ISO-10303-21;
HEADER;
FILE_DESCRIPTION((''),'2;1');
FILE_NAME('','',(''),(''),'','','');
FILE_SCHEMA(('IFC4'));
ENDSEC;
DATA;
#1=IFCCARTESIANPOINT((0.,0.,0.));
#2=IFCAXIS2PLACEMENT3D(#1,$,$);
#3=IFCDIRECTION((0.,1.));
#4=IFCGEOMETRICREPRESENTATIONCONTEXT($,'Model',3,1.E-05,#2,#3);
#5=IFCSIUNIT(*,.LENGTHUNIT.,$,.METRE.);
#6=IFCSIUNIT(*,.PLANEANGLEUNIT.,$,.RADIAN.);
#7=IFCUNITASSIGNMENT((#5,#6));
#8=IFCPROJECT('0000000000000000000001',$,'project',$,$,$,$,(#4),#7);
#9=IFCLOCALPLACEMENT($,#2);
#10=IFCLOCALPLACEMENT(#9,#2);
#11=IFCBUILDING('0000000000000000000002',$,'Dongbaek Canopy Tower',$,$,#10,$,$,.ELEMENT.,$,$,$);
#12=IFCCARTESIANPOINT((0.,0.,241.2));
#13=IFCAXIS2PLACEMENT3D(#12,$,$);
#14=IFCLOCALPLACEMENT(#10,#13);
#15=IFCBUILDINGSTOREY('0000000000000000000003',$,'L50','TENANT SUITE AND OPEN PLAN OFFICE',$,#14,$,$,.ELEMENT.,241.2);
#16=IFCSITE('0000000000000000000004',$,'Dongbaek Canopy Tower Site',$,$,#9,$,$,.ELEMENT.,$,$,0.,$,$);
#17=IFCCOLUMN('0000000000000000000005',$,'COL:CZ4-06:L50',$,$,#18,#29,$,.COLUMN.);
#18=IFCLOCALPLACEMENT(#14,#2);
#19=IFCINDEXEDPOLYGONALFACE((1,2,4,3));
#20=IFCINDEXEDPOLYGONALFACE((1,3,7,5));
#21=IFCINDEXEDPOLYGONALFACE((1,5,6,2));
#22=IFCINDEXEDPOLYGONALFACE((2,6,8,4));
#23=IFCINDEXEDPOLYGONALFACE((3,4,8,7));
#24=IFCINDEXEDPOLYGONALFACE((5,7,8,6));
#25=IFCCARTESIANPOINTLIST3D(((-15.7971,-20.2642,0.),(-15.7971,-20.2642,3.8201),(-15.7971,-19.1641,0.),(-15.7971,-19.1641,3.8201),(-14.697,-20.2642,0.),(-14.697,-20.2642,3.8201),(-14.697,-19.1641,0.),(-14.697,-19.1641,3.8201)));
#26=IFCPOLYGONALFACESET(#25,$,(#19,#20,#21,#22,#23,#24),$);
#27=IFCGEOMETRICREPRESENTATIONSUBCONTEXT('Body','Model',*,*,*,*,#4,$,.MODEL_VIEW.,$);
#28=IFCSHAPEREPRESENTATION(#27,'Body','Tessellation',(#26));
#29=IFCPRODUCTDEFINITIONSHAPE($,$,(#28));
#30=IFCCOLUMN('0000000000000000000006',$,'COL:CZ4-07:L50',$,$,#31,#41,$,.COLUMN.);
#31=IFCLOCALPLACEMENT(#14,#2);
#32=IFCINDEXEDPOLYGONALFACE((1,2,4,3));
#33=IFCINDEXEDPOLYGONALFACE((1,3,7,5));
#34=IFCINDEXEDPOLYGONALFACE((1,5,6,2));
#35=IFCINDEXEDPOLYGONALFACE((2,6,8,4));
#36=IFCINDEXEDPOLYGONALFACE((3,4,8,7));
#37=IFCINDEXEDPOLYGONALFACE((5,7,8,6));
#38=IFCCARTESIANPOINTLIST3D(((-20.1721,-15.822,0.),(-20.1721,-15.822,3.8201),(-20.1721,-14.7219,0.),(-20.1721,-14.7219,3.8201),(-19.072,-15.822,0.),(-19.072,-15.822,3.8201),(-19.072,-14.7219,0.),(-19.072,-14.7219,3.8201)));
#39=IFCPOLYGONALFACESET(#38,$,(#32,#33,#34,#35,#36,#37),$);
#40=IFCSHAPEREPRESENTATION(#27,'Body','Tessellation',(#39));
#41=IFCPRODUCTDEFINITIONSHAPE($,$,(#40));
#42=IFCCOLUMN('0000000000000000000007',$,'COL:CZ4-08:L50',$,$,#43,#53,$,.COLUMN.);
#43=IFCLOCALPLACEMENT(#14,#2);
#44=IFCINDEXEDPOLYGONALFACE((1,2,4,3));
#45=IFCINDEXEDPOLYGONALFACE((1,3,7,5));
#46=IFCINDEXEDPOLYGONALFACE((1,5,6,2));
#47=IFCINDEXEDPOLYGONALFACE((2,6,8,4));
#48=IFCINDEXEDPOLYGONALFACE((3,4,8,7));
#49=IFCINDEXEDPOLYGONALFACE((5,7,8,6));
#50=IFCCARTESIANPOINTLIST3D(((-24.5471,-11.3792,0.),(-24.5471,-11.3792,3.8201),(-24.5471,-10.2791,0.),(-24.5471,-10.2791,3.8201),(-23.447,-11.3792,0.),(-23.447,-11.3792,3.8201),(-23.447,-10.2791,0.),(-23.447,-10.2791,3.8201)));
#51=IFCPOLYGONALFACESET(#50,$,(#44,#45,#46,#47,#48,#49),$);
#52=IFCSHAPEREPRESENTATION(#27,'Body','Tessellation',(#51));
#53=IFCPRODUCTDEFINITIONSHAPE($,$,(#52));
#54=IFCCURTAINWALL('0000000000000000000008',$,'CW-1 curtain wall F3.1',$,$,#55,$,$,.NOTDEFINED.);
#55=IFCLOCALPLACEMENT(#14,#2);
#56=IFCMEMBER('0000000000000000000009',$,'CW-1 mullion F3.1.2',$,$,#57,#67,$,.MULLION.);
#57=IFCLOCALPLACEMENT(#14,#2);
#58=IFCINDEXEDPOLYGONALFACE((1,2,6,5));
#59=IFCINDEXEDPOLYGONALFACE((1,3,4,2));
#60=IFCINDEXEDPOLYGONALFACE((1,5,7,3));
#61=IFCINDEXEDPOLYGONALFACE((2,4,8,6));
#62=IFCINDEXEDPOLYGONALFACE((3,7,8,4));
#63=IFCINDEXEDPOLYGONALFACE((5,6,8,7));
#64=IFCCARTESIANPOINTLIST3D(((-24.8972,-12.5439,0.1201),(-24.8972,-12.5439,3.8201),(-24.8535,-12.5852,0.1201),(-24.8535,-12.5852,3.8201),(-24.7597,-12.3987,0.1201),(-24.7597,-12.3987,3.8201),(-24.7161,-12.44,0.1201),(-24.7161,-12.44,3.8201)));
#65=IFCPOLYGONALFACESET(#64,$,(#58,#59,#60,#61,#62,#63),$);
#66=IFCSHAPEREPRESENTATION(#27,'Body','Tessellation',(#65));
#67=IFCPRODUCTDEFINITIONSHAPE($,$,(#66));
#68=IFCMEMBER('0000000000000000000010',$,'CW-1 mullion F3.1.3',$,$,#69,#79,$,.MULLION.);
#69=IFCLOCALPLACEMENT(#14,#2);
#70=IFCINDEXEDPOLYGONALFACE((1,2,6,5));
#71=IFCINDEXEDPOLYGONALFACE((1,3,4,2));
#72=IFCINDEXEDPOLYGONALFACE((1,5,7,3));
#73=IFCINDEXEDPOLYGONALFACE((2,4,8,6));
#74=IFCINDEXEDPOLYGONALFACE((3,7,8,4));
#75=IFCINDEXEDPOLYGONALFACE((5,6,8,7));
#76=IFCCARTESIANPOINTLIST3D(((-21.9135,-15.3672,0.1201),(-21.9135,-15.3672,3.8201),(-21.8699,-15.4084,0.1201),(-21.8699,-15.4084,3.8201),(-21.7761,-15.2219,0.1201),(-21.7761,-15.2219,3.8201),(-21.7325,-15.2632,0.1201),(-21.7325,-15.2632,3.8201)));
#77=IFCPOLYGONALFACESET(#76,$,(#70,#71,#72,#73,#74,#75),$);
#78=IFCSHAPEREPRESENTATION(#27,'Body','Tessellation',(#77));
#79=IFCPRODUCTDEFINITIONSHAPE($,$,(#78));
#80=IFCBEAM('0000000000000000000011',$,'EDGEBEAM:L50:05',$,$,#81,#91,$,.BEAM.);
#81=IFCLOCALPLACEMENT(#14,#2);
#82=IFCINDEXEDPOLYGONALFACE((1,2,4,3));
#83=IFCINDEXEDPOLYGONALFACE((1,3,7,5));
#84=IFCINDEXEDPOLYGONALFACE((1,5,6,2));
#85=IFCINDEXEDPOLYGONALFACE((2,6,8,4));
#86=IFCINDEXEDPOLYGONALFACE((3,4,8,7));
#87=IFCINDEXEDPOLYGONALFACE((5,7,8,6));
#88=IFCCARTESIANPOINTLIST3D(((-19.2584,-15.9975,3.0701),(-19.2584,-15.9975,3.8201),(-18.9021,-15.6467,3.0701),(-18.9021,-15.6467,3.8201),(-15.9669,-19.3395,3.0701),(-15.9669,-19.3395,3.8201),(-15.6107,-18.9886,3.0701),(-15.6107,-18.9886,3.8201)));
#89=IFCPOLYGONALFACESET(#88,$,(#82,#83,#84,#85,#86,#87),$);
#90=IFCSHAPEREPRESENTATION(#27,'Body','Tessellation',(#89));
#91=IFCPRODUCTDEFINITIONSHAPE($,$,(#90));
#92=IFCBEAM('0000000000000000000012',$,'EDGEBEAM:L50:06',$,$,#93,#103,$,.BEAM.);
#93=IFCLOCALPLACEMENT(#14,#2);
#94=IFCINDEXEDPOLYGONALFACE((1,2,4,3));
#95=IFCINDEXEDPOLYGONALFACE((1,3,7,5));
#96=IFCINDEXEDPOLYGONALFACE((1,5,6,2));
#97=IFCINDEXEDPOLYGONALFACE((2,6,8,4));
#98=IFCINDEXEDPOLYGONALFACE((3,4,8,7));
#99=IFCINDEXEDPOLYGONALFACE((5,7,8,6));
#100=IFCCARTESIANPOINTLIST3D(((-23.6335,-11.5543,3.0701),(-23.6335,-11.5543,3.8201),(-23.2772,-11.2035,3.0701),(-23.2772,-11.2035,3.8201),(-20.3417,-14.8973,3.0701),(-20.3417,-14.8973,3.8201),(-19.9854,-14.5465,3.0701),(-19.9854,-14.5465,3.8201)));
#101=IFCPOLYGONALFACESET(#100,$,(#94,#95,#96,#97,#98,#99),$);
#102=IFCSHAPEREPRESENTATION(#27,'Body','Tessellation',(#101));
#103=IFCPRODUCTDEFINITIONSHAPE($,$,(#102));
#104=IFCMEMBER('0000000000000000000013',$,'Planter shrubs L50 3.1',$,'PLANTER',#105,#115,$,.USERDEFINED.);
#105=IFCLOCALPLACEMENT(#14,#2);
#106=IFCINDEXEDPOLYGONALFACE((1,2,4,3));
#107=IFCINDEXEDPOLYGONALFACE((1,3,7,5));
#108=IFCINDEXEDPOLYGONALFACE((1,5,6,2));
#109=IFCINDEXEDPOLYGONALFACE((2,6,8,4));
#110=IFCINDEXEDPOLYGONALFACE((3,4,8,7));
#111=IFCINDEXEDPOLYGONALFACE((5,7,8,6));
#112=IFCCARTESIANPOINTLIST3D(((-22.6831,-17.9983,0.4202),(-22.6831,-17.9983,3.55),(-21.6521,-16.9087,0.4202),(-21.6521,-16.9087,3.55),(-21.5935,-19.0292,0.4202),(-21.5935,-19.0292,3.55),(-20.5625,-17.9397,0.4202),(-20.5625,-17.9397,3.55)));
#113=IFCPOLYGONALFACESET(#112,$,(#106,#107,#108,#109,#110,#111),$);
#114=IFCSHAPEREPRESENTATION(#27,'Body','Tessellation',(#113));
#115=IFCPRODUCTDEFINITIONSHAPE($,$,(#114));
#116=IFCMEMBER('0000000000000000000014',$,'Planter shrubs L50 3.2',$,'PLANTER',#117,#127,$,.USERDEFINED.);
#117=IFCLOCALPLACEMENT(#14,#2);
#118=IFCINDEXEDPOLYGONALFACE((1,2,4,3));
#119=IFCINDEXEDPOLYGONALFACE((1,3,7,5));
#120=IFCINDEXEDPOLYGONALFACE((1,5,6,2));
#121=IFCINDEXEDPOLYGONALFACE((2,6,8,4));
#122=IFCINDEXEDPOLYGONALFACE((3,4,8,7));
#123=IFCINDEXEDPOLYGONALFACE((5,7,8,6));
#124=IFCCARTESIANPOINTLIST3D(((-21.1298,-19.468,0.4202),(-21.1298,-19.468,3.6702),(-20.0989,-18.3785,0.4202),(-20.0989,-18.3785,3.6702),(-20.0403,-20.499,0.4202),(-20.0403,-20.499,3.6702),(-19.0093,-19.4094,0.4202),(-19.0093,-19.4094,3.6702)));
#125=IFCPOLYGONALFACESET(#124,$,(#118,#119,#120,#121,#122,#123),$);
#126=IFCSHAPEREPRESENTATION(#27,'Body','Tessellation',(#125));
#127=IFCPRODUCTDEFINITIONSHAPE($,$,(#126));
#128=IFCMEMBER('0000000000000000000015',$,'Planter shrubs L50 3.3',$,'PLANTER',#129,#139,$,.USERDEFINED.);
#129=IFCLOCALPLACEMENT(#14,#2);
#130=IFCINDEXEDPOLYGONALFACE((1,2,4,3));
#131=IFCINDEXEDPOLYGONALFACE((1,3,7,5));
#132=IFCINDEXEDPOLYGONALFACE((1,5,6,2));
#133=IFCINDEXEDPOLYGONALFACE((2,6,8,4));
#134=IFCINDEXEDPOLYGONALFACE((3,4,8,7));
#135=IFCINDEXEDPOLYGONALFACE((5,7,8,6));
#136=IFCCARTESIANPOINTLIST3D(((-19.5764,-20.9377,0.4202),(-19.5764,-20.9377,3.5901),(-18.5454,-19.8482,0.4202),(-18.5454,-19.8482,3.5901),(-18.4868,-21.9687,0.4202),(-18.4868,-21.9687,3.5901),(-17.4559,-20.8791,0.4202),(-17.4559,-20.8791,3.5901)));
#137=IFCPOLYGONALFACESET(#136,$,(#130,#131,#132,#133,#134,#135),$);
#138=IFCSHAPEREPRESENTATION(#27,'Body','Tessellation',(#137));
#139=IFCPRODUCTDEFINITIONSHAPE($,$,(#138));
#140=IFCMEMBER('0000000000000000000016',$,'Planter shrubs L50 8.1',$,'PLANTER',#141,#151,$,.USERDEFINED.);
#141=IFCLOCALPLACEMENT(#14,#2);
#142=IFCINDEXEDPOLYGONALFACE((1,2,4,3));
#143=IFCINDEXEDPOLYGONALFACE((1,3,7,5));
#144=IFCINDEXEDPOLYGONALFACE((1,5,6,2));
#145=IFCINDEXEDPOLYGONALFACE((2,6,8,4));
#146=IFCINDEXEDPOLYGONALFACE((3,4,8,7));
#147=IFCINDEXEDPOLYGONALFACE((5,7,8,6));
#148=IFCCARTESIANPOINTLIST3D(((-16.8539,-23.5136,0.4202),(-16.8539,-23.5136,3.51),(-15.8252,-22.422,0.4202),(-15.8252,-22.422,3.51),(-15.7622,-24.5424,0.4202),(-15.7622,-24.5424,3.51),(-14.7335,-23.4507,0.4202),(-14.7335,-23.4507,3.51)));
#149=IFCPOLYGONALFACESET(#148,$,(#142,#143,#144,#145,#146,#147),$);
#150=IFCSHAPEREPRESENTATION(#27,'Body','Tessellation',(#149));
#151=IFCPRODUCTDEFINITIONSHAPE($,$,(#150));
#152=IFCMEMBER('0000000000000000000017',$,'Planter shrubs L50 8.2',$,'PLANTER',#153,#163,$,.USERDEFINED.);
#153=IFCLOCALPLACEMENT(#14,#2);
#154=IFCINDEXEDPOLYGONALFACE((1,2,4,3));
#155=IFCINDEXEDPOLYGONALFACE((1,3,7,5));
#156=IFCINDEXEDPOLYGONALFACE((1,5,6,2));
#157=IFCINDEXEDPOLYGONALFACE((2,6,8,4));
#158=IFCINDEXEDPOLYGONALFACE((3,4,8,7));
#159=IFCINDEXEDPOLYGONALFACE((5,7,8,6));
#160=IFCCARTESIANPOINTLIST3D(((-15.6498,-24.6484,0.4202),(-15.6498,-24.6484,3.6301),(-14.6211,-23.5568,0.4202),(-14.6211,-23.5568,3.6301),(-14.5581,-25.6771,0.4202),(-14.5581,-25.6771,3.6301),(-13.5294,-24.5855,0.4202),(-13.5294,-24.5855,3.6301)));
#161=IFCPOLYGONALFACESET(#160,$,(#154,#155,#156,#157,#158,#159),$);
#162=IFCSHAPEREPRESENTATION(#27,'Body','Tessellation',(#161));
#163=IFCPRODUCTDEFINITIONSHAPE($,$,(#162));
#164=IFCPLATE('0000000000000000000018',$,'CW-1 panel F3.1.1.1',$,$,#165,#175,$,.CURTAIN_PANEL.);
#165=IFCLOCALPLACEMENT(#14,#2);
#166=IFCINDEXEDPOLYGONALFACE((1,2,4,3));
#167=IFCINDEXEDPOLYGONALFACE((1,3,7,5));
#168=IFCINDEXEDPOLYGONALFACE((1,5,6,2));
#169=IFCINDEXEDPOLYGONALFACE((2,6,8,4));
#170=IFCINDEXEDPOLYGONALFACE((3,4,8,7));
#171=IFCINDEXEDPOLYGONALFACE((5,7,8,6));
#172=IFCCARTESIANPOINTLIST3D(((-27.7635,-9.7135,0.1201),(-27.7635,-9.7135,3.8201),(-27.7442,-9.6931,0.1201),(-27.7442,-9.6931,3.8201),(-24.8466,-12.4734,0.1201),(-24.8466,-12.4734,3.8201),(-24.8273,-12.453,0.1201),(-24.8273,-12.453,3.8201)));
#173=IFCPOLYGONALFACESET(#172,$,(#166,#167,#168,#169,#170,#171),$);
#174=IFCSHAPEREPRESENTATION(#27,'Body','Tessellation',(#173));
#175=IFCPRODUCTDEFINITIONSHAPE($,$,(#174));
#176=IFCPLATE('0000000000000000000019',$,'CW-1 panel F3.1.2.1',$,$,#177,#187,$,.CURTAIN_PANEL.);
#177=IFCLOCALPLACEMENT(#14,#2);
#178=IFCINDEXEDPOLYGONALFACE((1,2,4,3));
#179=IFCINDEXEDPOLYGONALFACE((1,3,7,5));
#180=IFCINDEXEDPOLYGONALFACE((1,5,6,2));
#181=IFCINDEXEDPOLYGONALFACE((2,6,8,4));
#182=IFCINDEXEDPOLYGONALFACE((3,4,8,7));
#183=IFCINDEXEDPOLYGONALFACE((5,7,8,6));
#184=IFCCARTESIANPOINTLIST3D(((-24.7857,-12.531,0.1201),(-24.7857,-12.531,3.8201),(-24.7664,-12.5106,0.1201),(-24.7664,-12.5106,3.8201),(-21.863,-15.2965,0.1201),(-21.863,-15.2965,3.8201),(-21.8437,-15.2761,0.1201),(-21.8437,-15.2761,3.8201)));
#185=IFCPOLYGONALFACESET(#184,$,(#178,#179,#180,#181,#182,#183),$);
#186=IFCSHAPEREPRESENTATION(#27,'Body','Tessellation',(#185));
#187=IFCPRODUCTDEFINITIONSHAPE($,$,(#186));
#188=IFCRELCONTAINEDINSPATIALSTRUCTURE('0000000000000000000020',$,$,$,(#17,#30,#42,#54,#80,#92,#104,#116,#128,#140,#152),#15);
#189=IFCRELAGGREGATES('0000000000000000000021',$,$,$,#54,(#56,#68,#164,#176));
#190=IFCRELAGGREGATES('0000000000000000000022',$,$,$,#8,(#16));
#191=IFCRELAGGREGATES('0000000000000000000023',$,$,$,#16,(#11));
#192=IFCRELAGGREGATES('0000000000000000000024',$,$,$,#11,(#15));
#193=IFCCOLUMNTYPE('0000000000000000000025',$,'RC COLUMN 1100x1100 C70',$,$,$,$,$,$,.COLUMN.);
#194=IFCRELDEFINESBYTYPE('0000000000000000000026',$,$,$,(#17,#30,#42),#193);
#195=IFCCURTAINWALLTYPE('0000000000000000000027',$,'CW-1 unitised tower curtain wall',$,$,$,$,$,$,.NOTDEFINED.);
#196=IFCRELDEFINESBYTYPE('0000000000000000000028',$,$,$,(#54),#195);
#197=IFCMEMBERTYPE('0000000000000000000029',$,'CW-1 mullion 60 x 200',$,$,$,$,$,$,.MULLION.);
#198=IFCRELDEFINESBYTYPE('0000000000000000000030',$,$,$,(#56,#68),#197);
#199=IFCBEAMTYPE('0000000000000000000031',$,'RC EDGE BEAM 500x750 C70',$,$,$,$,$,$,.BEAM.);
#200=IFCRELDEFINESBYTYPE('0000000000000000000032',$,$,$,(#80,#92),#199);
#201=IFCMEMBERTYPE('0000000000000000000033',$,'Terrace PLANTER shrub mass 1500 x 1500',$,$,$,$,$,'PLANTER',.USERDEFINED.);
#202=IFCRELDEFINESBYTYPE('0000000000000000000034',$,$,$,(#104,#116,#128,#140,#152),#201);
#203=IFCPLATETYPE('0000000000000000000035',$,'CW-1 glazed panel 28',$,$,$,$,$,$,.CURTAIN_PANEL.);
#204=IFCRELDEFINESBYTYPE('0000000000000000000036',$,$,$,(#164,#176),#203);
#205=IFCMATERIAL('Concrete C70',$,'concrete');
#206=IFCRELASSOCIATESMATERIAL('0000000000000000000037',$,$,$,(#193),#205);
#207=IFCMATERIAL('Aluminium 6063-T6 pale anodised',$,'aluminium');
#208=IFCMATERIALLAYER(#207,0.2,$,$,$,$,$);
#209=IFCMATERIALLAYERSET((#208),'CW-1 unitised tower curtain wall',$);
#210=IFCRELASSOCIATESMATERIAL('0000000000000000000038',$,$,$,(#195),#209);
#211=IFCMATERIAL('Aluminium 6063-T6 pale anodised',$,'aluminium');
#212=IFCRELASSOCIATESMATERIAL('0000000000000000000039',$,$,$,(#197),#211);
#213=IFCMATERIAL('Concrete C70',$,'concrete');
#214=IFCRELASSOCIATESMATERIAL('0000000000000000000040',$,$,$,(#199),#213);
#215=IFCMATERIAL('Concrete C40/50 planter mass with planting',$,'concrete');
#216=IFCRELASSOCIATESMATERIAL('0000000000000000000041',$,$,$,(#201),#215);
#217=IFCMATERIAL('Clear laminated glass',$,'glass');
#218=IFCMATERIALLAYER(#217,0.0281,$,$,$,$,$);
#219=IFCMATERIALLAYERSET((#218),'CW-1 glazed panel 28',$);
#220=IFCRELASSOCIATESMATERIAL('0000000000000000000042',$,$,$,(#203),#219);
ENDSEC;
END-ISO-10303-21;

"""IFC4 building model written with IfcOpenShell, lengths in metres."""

from ifc_helpers import new_model, si_unit, direction, frame, origin, origin_2d, place, context, subcontext, project, spatial, rectangle, extrude, material, layer, layer_set, material_profile, profile_set, type_object, element, aggregate, save


model = new_model("IFC4")

# Units and contexts
model_context = context("Model", 3, precision=1e-05, world=origin(), true_north=direction((0.0, 1.0)))
body_context = subcontext(model_context, "Body", "Model", "MODEL_VIEW")
ifc_project = project(units=[si_unit("LENGTHUNIT", "METRE"), si_unit("PLANEANGLEUNIT", "RADIAN")], contexts=[model_context])

# Site, building, storey
site_placement = place(None, origin())
site = spatial("IfcSite", under=ifc_project, at=site_placement, Name="Dongbaek Canopy Tower Site", CompositionType="ELEMENT", RefElevation=0.0)
building_placement = place(site_placement, origin())
building = spatial("IfcBuilding", under=site, at=building_placement, Name="Dongbaek Canopy Tower", CompositionType="ELEMENT")
storey_placement = place(building_placement, frame((0.0, 0.0, 241.2)))
storey = spatial("IfcBuildingStorey", under=building, at=storey_placement, Name="L50", Description="TENANT SUITE AND OPEN PLAN OFFICE", CompositionType="ELEMENT", Elevation=241.2)

# Columns
ifc_material_1 = material(Name="Concrete C70", Category="concrete")
ifc_material_profile_1 = material_profile(ifc_material_1, rectangle(XDim=1.1001, YDim=1.1001, at=origin_2d()), Name="RC COLUMN 1100x1100 C70")
ifc_profile_set_1 = profile_set([ifc_material_profile_1], Name="Concrete C70")
column_type = type_object("IfcColumnType", Name="RC COLUMN 1100x1100 C70", PredefinedType="COLUMN", material=ifc_profile_set_1)
for number, where, z_axis, x_axis, name in (
    (1, (-15.2471, -19.7141, 0.0), (0.0, 0.0, 1.0), (1.0, 0.0, 0.0), "COL:CZ4-06:L50"),
    (2, (-19.6221, -15.272, 0.0), (0.0, 0.0, 1.0), (1.0, 0.0, 0.0), "COL:CZ4-07:L50"),
    (3, (-23.9971, -10.8291, 0.0), (0.0, 0.0, 1.0), (1.0, 0.0, 0.0), "COL:CZ4-08:L50"),
):
    element("IfcColumn", number, at=place(storey_placement, frame(where, z_axis=z_axis, x_axis=x_axis)), inside=storey, type_object=column_type, Name=name, PredefinedType="COLUMN", context=body_context, shape_type="SweptSolid", body=[
        extrude(rectangle(XDim=1.1001, YDim=1.1001, at=origin_2d()), origin(), (0.0, 0.0, 1.0), 3.8201),
    ])

# Curtain wall, members
ifc_material_2 = material(Name="Aluminium 6063-T6 pale anodised", Category="aluminium")
ifc_layer_1 = layer(ifc_material_2, 0.2)
ifc_layer_set_1 = layer_set([ifc_layer_1], Name="CW-1 unitised tower curtain wall")
curtain_wall_type = type_object("IfcCurtainWallType", Name="CW-1 unitised tower curtain wall", PredefinedType="NOTDEFINED", material=ifc_layer_set_1)
curtain_wall_placement = place(storey_placement, origin())
curtain_wall = element("IfcCurtainWall", 4, at=curtain_wall_placement, inside=storey, type_object=curtain_wall_type, Name="CW-1 curtain wall F3.1", PredefinedType="NOTDEFINED")
ifc_material_3 = material(Name="Aluminium 6063-T6 pale anodised", Category="aluminium")
ifc_material_profile_2 = material_profile(ifc_material_3, rectangle(XDim=0.2, YDim=0.0601, at=origin_2d()), Name="CW-1 mullion 60 x 200")
ifc_profile_set_2 = profile_set([ifc_material_profile_2], Name="Aluminium 6063-T6 pale anodised")
member_type_1 = type_object("IfcMemberType", Name="CW-1 mullion 60 x 200", PredefinedType="MULLION", material=ifc_profile_set_2)
member_1_placement = place(storey_placement, frame((-24.8066, -12.4919, 0.1201), z_axis=(0.0, 0.0, 1.0), x_axis=(-0.687305, -0.726369, 0.0)))
member_1 = element("IfcMember", 5, at=member_1_placement, type_object=member_type_1, Name="CW-1 mullion F3.1.2", PredefinedType="MULLION", context=body_context, shape_type="SweptSolid", body=[
    extrude(rectangle(XDim=0.2, YDim=0.0601, at=origin_2d()), origin(), (0.0, 0.0, 1.0), 3.7),
])
member_2_placement = place(storey_placement, frame((-21.823, -15.3152, 0.1201), z_axis=(0.0, 0.0, 1.0), x_axis=(-0.687305, -0.726369, 0.0)))
member_2 = element("IfcMember", 6, at=member_2_placement, type_object=member_type_1, Name="CW-1 mullion F3.1.3", PredefinedType="MULLION", context=body_context, shape_type="SweptSolid", body=[
    extrude(rectangle(XDim=0.2, YDim=0.0601, at=origin_2d()), origin(), (0.0, 0.0, 1.0), 3.7),
])

# Beams
ifc_material_4 = material(Name="Concrete C70", Category="concrete")
ifc_material_profile_3 = material_profile(ifc_material_4, rectangle(XDim=0.5, YDim=0.75, at=origin_2d()), Name="RC EDGE BEAM 500x750 C70")
ifc_profile_set_3 = profile_set([ifc_material_profile_3], Name="Concrete C70")
beam_type = type_object("IfcBeamType", Name="RC EDGE BEAM 500x750 C70", PredefinedType="BEAM", material=ifc_profile_set_3)
beam_1_placement = place(storey_placement, frame((-15.7888, -19.1641, 3.4451), z_axis=(-0.701699, 0.712473, 0.0), x_axis=(-0.712473, -0.701699, 0.0)))
element("IfcBeam", 7, at=beam_1_placement, inside=storey, type_object=beam_type, Name="EDGEBEAM:L50:05", PredefinedType="BEAM", context=body_context, shape_type="SweptSolid", body=[
    extrude(rectangle(XDim=0.5, YDim=0.75, at=origin_2d()), origin(), (0.0, 0.0, 1.0), 4.6907),
])
beam_2_placement = place(storey_placement, frame((-20.1636, -14.7219, 3.4451), z_axis=(-0.701622, 0.71255, 0.0), x_axis=(-0.71255, -0.701622, 0.0)))
element("IfcBeam", 8, at=beam_2_placement, inside=storey, type_object=beam_type, Name="EDGEBEAM:L50:06", PredefinedType="BEAM", context=body_context, shape_type="SweptSolid", body=[
    extrude(rectangle(XDim=0.5, YDim=0.75, at=origin_2d()), origin(), (0.0, 0.0, 1.0), 4.6917),
])

# Members
ifc_material_5 = material(Name="Concrete C40/50 planter mass with planting", Category="concrete")
ifc_material_profile_4 = material_profile(ifc_material_5, rectangle(XDim=1.5, YDim=1.5, at=origin_2d()), Name="Terrace PLANTER shrub mass 1500 x 1500")
ifc_profile_set_4 = profile_set([ifc_material_profile_4], Name="Concrete C40/50 planter mass with planting")
member_type_2 = type_object("IfcMemberType", Name="Terrace PLANTER shrub mass 1500 x 1500", ElementType="PLANTER", PredefinedType="USERDEFINED", material=ifc_profile_set_4)
member_3_placement = place(storey_placement, frame((-21.6228, -17.969, 0.4202), z_axis=(0.0, 0.0, 1.0), x_axis=(-0.687305, -0.726369, 0.0)))
element("IfcMember", 9, at=member_3_placement, inside=storey, type_object=member_type_2, Name="Planter shrubs L50 3.1", ObjectType="PLANTER", PredefinedType="USERDEFINED", context=body_context, shape_type="SweptSolid", body=[
    extrude(rectangle(XDim=1.5, YDim=1.5, at=origin_2d()), origin(), (0.0, 0.0, 1.0), 3.1299),
])
member_4_placement = place(storey_placement, frame((-20.0696, -19.4387, 0.4202), z_axis=(0.0, 0.0, 1.0), x_axis=(-0.687305, -0.726369, 0.0)))
element("IfcMember", 10, at=member_4_placement, inside=storey, type_object=member_type_2, Name="Planter shrubs L50 3.2", ObjectType="PLANTER", PredefinedType="USERDEFINED", context=body_context, shape_type="SweptSolid", body=[
    extrude(rectangle(XDim=1.5, YDim=1.5, at=origin_2d()), origin(), (0.0, 0.0, 1.0), 3.25),
])
member_5_placement = place(storey_placement, frame((-18.5161, -20.9084, 0.4202), z_axis=(0.0, 0.0, 1.0), x_axis=(-0.687305, -0.726369, 0.0)))
element("IfcMember", 11, at=member_5_placement, inside=storey, type_object=member_type_2, Name="Planter shrubs L50 3.3", ObjectType="PLANTER", PredefinedType="USERDEFINED", context=body_context, shape_type="SweptSolid", body=[
    extrude(rectangle(XDim=1.5, YDim=1.5, at=origin_2d()), origin(), (0.0, 0.0, 1.0), 3.1699),
])
member_6_placement = place(storey_placement, frame((-15.7937, -23.4822, 0.4202), z_axis=(0.0, 0.0, 1.0), x_axis=(-0.685817, -0.727774, 0.0)))
element("IfcMember", 12, at=member_6_placement, inside=storey, type_object=member_type_2, Name="Planter shrubs L50 8.1", ObjectType="PLANTER", PredefinedType="USERDEFINED", context=body_context, shape_type="SweptSolid", body=[
    extrude(rectangle(XDim=1.5, YDim=1.5, at=origin_2d()), origin(), (0.0, 0.0, 1.0), 3.0898),
])
member_7_placement = place(storey_placement, frame((-14.5896, -24.6169, 0.4202), z_axis=(0.0, 0.0, 1.0), x_axis=(-0.685817, -0.727774, 0.0)))
element("IfcMember", 13, at=member_7_placement, inside=storey, type_object=member_type_2, Name="Planter shrubs L50 8.2", ObjectType="PLANTER", PredefinedType="USERDEFINED", context=body_context, shape_type="SweptSolid", body=[
    extrude(rectangle(XDim=1.5, YDim=1.5, at=origin_2d()), origin(), (0.0, 0.0, 1.0), 3.21),
])

# Plates
ifc_material_6 = material(Name="Clear laminated glass", Category="glass")
ifc_layer_2 = layer(ifc_material_6, 0.0281)
ifc_layer_set_2 = layer_set([ifc_layer_2], Name="CW-1 glazed panel 28")
plate_type = type_object("IfcPlateType", Name="CW-1 glazed panel 28", PredefinedType="CURTAIN_PANEL", material=ifc_layer_set_2)
plate_1_placement = place(storey_placement, frame((-26.2954, -11.0833, 0.1201), z_axis=(0.0, 0.0, 1.0), x_axis=(0.726369, -0.687305, 0.0)))
plate_1 = element("IfcPlate", 14, at=plate_1_placement, type_object=plate_type, Name="CW-1 panel F3.1.1.1", PredefinedType="CURTAIN_PANEL", context=body_context, shape_type="SweptSolid", body=[
    extrude(rectangle(XDim=4.0156, YDim=0.0281, at=origin_2d()), origin(), (0.0, 0.0, 1.0), 3.7),
])
plate_2_placement = place(storey_placement, frame((-23.3147, -13.9036, 0.1201), z_axis=(0.0, 0.0, 1.0), x_axis=(0.726369, -0.687305, 0.0)))
plate_2 = element("IfcPlate", 15, at=plate_2_placement, type_object=plate_type, Name="CW-1 panel F3.1.2.1", PredefinedType="CURTAIN_PANEL", context=body_context, shape_type="SweptSolid", body=[
    extrude(rectangle(XDim=4.0237, YDim=0.0281, at=origin_2d()), origin(), (0.0, 0.0, 1.0), 3.7),
])

aggregate(curtain_wall, [member_1, member_2, plate_1, plate_2])

save(model, "model.ifc")
